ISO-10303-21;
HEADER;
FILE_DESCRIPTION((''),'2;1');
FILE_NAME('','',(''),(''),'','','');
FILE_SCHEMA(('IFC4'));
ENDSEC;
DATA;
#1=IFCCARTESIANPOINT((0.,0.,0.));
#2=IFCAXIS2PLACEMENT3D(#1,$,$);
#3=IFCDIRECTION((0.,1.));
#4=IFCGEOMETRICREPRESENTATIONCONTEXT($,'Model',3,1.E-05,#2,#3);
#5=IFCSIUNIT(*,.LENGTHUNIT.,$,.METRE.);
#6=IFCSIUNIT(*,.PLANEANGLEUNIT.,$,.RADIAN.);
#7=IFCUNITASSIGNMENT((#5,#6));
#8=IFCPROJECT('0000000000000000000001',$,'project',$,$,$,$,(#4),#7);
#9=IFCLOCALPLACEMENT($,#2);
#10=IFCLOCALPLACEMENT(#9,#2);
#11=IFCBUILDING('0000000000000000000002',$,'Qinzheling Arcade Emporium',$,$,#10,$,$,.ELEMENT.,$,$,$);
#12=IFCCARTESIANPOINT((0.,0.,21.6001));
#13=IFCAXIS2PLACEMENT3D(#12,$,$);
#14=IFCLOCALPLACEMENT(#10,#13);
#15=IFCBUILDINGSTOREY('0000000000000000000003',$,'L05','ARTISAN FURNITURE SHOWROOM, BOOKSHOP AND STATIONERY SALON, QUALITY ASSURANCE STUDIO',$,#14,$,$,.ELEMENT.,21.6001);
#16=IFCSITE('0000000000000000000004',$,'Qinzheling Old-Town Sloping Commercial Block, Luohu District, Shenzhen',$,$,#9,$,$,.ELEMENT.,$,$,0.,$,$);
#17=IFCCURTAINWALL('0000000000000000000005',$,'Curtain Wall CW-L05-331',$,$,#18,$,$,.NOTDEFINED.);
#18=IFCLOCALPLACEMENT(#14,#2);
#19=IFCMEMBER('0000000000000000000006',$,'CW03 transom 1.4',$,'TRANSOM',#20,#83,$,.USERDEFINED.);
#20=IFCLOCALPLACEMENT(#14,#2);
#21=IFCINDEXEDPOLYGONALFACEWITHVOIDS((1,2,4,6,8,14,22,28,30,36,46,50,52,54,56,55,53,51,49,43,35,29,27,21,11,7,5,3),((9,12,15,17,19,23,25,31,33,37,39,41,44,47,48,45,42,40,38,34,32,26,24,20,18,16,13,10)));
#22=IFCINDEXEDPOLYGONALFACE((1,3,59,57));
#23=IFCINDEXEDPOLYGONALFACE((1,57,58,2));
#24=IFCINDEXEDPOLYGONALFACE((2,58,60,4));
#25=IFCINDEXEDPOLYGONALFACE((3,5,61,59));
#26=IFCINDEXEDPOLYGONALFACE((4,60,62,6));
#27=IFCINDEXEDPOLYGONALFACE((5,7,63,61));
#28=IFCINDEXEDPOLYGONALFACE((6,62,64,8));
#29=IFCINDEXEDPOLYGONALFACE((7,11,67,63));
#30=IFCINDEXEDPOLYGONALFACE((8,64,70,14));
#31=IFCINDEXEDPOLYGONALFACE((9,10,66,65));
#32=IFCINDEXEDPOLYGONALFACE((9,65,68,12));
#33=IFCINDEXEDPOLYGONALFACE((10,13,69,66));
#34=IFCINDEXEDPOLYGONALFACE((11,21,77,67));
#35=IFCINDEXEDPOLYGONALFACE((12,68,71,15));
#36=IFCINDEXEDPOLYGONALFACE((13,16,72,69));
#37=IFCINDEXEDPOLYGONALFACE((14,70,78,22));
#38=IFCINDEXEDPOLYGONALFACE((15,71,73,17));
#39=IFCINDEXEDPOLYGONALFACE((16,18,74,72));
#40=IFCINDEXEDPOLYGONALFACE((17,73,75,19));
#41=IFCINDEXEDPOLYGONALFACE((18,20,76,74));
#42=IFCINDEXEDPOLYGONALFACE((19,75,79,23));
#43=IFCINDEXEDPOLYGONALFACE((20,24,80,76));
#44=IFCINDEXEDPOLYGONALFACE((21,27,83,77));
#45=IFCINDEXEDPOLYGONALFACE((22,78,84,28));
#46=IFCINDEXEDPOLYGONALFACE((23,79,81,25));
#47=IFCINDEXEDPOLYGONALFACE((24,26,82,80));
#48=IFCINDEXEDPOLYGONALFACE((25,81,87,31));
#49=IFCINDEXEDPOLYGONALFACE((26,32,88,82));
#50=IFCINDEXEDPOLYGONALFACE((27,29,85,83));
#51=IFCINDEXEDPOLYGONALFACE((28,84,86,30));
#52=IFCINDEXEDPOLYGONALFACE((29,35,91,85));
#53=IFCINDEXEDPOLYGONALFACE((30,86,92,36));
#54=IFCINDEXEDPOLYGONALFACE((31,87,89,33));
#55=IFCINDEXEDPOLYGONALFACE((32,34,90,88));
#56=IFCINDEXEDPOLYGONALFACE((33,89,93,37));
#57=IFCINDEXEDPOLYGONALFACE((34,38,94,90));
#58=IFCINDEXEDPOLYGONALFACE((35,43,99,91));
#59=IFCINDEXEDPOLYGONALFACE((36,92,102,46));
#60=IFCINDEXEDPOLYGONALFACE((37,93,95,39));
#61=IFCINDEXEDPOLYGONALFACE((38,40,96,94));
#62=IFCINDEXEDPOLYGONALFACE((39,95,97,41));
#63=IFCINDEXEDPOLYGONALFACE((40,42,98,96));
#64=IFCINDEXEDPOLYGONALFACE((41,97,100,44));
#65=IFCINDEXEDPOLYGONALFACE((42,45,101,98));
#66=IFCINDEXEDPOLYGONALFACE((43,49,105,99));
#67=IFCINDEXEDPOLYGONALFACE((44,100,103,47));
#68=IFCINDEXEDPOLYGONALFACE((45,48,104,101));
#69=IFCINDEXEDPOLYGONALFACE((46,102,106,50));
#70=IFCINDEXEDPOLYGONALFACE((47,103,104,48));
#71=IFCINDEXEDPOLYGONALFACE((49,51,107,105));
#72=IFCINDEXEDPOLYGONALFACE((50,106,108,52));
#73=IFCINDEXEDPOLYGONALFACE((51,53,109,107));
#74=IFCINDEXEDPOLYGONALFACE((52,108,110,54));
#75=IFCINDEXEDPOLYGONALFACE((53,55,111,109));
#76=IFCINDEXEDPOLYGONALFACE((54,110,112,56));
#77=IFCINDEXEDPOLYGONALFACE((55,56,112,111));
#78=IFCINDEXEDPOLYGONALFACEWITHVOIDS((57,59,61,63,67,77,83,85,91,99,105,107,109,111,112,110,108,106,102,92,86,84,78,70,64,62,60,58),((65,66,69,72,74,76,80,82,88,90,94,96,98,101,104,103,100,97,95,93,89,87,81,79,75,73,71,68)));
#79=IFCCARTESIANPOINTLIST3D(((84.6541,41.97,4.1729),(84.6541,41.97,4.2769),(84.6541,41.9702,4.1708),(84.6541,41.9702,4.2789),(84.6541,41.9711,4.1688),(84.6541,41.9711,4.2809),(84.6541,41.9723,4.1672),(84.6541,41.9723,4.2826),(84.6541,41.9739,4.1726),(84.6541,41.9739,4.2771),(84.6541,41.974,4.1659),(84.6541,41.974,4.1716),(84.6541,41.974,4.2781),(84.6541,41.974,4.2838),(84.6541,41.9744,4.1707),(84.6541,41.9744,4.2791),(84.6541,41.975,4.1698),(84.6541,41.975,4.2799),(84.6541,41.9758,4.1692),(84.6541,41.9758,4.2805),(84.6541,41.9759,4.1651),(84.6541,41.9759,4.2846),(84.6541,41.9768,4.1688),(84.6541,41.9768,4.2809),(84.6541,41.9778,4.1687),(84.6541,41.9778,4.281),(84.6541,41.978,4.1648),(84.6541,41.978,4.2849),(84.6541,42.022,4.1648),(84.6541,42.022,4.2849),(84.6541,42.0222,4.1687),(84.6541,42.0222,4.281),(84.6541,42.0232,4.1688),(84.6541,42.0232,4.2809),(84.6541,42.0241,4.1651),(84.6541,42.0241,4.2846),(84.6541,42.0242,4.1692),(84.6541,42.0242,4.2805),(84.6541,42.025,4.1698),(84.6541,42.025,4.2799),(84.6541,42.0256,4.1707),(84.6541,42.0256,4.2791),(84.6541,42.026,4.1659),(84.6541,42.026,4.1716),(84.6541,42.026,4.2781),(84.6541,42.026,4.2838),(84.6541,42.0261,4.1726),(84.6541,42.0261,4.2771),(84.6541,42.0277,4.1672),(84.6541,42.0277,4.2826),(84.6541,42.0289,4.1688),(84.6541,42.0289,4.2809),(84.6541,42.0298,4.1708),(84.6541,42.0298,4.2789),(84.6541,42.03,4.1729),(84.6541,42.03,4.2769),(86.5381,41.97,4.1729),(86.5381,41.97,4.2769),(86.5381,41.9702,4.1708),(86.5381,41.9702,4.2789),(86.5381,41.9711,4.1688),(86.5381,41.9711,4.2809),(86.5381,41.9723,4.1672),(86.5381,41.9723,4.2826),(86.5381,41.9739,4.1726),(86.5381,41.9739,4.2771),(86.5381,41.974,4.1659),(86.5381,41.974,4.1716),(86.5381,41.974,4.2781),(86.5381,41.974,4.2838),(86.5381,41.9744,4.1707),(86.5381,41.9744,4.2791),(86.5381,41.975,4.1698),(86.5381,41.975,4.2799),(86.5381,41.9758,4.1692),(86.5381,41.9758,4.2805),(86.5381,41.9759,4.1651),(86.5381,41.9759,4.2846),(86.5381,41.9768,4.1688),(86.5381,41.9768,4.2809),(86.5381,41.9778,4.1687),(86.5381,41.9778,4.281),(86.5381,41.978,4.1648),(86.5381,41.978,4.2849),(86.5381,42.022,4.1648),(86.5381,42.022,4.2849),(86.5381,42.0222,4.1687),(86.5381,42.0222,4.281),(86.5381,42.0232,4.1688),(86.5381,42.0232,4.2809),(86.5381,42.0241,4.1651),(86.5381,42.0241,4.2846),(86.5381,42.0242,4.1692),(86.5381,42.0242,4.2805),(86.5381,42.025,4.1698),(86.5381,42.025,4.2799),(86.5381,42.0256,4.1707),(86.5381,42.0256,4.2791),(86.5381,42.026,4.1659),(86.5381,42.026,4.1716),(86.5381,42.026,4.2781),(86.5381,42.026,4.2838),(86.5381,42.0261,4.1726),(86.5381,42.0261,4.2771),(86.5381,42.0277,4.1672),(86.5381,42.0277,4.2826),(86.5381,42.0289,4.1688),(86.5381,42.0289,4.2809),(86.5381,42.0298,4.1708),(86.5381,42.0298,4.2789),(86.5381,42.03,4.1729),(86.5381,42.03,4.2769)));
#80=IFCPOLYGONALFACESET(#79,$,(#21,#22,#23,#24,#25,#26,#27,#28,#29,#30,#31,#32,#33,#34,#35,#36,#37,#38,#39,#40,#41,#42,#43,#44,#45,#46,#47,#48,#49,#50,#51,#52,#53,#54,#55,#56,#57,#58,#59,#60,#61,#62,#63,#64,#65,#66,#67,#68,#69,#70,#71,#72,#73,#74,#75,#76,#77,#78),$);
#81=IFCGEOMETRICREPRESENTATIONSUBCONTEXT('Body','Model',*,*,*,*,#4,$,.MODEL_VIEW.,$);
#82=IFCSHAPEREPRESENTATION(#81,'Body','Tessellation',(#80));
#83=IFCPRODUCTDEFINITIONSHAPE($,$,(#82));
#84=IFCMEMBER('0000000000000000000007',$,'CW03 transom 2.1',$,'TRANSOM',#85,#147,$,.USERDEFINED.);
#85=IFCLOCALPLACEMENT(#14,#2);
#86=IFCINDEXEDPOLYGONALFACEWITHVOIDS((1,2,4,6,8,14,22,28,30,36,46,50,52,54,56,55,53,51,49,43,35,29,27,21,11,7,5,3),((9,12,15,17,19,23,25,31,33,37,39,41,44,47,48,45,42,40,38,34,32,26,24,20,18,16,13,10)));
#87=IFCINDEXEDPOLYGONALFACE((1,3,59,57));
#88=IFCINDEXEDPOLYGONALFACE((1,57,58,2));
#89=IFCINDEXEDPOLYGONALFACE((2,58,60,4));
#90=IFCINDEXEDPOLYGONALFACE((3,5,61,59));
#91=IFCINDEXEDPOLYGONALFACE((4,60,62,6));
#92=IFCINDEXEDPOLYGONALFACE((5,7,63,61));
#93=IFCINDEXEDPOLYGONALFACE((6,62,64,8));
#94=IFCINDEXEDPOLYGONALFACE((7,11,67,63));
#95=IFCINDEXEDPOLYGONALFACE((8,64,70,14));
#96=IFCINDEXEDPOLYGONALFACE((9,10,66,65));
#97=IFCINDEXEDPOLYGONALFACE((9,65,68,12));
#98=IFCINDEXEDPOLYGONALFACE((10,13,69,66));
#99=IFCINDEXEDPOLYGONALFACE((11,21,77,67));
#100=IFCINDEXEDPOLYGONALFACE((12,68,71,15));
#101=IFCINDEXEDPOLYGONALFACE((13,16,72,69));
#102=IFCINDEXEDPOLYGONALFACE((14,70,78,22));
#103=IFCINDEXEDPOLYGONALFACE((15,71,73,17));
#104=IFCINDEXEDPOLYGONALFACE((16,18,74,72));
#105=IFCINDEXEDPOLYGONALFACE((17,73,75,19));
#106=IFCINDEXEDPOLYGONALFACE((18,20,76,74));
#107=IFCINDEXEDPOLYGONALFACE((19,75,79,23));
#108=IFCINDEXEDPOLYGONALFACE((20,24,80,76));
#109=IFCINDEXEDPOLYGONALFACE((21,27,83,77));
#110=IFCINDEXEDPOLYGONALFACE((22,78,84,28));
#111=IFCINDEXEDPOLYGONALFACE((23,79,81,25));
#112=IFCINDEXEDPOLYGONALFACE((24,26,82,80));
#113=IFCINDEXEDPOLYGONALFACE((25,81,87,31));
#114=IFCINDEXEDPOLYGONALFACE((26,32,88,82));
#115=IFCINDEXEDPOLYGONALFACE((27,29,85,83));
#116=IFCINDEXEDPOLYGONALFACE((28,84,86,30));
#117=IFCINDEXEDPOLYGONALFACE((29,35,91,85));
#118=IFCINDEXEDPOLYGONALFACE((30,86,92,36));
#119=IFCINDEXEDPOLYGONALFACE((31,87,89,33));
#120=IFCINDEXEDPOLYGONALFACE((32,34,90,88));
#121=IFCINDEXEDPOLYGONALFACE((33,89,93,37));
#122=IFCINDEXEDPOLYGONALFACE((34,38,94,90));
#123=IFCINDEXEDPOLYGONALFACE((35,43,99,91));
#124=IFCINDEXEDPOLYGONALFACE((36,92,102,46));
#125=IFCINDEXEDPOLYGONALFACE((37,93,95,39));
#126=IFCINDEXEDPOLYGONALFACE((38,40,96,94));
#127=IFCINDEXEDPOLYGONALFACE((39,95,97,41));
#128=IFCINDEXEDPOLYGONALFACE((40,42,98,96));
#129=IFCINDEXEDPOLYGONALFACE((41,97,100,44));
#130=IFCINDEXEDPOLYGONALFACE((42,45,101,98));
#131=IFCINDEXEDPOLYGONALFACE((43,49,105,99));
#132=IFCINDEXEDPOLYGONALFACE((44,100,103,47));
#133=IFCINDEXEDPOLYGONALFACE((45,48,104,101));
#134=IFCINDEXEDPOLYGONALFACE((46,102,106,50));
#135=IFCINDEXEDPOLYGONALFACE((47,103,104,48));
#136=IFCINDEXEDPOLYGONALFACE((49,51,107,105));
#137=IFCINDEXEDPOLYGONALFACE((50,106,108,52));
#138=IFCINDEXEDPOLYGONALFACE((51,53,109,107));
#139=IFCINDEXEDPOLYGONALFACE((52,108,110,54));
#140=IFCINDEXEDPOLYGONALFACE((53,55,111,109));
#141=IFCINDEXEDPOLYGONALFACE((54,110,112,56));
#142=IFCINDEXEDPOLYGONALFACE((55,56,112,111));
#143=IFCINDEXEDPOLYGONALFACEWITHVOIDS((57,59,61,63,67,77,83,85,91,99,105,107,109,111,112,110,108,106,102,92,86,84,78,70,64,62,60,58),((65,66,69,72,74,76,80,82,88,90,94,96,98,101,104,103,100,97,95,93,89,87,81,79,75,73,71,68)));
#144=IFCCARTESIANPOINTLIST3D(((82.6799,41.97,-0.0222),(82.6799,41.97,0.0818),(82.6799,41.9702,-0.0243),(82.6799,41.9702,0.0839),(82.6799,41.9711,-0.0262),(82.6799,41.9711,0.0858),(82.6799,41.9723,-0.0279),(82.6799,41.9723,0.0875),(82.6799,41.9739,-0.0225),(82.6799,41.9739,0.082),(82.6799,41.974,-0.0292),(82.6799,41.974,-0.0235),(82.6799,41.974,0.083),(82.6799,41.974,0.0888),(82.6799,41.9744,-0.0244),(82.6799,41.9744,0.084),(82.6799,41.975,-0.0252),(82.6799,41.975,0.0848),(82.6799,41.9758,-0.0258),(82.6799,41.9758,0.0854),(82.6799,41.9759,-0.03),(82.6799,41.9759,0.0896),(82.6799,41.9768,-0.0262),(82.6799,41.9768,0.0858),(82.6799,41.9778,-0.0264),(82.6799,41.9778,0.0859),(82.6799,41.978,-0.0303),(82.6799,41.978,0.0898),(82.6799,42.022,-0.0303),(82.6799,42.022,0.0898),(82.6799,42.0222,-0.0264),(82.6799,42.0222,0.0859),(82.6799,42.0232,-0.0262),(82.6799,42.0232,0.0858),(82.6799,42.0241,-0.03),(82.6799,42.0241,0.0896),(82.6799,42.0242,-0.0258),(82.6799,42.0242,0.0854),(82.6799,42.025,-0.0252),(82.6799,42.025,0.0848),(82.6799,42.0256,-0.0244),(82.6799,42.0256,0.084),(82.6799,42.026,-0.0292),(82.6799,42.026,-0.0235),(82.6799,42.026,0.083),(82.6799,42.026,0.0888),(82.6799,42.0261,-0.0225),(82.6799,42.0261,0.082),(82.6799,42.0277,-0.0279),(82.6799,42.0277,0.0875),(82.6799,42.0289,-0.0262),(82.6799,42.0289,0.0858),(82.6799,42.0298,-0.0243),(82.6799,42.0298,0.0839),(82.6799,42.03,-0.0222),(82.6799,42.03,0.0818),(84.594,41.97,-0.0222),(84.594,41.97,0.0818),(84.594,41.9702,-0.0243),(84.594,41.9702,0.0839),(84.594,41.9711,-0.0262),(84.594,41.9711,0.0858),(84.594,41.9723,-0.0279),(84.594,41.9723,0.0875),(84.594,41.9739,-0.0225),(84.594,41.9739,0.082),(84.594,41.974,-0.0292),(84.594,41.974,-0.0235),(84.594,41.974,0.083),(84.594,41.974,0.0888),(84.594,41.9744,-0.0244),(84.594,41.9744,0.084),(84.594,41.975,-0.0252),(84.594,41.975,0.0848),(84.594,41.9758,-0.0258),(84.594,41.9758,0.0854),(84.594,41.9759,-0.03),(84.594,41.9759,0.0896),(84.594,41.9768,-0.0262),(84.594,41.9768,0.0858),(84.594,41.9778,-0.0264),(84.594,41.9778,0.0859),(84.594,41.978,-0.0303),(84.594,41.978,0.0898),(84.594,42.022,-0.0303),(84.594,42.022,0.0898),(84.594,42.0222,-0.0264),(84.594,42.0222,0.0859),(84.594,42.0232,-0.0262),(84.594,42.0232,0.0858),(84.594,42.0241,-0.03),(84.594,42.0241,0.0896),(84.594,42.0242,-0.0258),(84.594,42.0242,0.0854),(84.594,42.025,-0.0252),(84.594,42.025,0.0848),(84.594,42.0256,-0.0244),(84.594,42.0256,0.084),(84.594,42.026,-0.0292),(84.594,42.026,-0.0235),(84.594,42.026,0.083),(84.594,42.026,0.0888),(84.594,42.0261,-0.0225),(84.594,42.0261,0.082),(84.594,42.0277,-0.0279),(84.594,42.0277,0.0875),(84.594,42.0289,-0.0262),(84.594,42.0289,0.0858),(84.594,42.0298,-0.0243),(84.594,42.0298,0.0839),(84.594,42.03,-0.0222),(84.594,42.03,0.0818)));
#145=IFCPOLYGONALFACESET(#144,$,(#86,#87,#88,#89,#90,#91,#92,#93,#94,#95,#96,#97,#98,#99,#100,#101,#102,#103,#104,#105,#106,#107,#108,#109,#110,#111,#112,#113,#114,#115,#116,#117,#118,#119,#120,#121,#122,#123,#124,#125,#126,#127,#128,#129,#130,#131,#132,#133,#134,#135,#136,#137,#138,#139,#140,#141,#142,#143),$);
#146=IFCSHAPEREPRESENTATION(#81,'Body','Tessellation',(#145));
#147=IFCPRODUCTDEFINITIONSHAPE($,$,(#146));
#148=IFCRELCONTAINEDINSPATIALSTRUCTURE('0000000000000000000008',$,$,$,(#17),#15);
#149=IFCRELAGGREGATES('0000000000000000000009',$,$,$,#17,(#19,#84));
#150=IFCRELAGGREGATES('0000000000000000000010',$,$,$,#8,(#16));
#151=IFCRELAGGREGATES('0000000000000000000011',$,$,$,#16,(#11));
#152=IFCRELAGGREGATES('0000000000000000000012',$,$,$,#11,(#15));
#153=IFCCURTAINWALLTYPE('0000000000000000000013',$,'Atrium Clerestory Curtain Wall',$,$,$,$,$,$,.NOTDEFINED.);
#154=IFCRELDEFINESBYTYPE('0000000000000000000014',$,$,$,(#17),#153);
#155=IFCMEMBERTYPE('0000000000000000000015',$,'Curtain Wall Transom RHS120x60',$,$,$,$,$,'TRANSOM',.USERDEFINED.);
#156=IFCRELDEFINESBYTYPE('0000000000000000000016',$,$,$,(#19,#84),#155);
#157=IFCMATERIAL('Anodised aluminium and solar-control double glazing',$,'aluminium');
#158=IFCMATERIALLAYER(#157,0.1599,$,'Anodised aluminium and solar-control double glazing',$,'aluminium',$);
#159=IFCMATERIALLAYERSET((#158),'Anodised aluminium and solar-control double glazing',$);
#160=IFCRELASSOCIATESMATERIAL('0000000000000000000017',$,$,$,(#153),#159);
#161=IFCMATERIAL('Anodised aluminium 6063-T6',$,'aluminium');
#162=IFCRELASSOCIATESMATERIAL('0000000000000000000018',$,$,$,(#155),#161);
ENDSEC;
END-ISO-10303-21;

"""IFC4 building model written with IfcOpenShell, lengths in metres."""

from ifc_helpers import new_model, si_unit, direction, frame, origin, origin_2d, place, context, subcontext, project, spatial, hollow_rectangle, extrude, material, layer, layer_set, material_profile, profile_set, type_object, element, aggregate, save


model = new_model("IFC4")

# Units and contexts
model_context = context("Model", 3, precision=1e-05, world=origin(), true_north=direction((0.0, 1.0)))
body_context = subcontext(model_context, "Body", "Model", "MODEL_VIEW")
ifc_project = project(units=[si_unit("LENGTHUNIT", "METRE"), si_unit("PLANEANGLEUNIT", "RADIAN")], contexts=[model_context])

# Site, building, storey
site_placement = place(None, origin())
site = spatial("IfcSite", under=ifc_project, at=site_placement, Name="Qinzheling Old-Town Sloping Commercial Block, Luohu District, Shenzhen", CompositionType="ELEMENT", RefElevation=0.0)
building_placement = place(site_placement, origin())
building = spatial("IfcBuilding", under=site, at=building_placement, Name="Qinzheling Arcade Emporium", CompositionType="ELEMENT")
storey_placement = place(building_placement, frame((0.0, 0.0, 21.6001)))
storey = spatial("IfcBuildingStorey", under=building, at=storey_placement, Name="L05", Description="ARTISAN FURNITURE SHOWROOM, BOOKSHOP AND STATIONERY SALON, QUALITY ASSURANCE STUDIO", CompositionType="ELEMENT", Elevation=21.6001)

# Curtain wall
ifc_material_1 = material(Name="Anodised aluminium and solar-control double glazing", Category="aluminium")
ifc_layer_1 = layer(ifc_material_1, 0.1599, Name="Anodised aluminium and solar-control double glazing", Category="aluminium")
ifc_layer_set_1 = layer_set([ifc_layer_1], Name="Anodised aluminium and solar-control double glazing")
curtain_wall_type = type_object("IfcCurtainWallType", Name="Atrium Clerestory Curtain Wall", PredefinedType="NOTDEFINED", material=ifc_layer_set_1)
ifc_material_2 = material(Name="Anodised aluminium 6063-T6", Category="aluminium")
curtain_wall_1_placement = place(storey_placement, origin())
curtain_wall_1 = element("IfcCurtainWall", 1, at=curtain_wall_1_placement, inside=storey, type_object=curtain_wall_type, Name="Curtain Wall CW-L05-331", PredefinedType="NOTDEFINED")

# Members
ifc_material_profile_1 = material_profile(ifc_material_2, hollow_rectangle(XDim=0.0601, YDim=0.1201, WallThickness=0.0039, InnerFilletRadius=0.0039, OuterFilletRadius=0.0081, at=origin_2d()), Name="RHS 120x60x4", Category="aluminium")
ifc_profile_set_1 = profile_set([ifc_material_profile_1], Name="Anodised aluminium 6063-T6")
member_type_1 = type_object("IfcMemberType", Name="Curtain Wall Transom RHS120x60", ElementType="TRANSOM", PredefinedType="USERDEFINED", material=ifc_profile_set_1)
member_1_placement = place(storey_placement, frame((86.5381, 42.0, 4.2249), z_axis=(-1.0, 0.0, 0.0), x_axis=(0.0, -1.0, 0.0)))
member_1 = element("IfcMember", 2, at=member_1_placement, type_object=member_type_1, Name="CW03 transom 1.4", ObjectType="TRANSOM", PredefinedType="USERDEFINED", context=body_context, shape_type="SweptSolid", body=[
    extrude(hollow_rectangle(XDim=0.0601, YDim=0.1201, WallThickness=0.0039, InnerFilletRadius=0.0039, OuterFilletRadius=0.0081, at=origin_2d()), origin(), (0.0, 0.0, 1.0), 1.884),
])
member_2_placement = place(storey_placement, frame((84.594, 42.0, 0.0298), z_axis=(-1.0, 0.0, 0.0), x_axis=(0.0, -1.0, 0.0)))
member_2 = element("IfcMember", 3, at=member_2_placement, type_object=member_type_1, Name="CW03 transom 2.1", ObjectType="TRANSOM", PredefinedType="USERDEFINED", context=body_context, shape_type="SweptSolid", body=[
    extrude(hollow_rectangle(XDim=0.0601, YDim=0.1201, WallThickness=0.0039, InnerFilletRadius=0.0039, OuterFilletRadius=0.0081, at=origin_2d()), origin(), (0.0, 0.0, 1.0), 1.9141),
])

aggregate(curtain_wall_1, [member_1, member_2])

save(model, "model.ifc")
